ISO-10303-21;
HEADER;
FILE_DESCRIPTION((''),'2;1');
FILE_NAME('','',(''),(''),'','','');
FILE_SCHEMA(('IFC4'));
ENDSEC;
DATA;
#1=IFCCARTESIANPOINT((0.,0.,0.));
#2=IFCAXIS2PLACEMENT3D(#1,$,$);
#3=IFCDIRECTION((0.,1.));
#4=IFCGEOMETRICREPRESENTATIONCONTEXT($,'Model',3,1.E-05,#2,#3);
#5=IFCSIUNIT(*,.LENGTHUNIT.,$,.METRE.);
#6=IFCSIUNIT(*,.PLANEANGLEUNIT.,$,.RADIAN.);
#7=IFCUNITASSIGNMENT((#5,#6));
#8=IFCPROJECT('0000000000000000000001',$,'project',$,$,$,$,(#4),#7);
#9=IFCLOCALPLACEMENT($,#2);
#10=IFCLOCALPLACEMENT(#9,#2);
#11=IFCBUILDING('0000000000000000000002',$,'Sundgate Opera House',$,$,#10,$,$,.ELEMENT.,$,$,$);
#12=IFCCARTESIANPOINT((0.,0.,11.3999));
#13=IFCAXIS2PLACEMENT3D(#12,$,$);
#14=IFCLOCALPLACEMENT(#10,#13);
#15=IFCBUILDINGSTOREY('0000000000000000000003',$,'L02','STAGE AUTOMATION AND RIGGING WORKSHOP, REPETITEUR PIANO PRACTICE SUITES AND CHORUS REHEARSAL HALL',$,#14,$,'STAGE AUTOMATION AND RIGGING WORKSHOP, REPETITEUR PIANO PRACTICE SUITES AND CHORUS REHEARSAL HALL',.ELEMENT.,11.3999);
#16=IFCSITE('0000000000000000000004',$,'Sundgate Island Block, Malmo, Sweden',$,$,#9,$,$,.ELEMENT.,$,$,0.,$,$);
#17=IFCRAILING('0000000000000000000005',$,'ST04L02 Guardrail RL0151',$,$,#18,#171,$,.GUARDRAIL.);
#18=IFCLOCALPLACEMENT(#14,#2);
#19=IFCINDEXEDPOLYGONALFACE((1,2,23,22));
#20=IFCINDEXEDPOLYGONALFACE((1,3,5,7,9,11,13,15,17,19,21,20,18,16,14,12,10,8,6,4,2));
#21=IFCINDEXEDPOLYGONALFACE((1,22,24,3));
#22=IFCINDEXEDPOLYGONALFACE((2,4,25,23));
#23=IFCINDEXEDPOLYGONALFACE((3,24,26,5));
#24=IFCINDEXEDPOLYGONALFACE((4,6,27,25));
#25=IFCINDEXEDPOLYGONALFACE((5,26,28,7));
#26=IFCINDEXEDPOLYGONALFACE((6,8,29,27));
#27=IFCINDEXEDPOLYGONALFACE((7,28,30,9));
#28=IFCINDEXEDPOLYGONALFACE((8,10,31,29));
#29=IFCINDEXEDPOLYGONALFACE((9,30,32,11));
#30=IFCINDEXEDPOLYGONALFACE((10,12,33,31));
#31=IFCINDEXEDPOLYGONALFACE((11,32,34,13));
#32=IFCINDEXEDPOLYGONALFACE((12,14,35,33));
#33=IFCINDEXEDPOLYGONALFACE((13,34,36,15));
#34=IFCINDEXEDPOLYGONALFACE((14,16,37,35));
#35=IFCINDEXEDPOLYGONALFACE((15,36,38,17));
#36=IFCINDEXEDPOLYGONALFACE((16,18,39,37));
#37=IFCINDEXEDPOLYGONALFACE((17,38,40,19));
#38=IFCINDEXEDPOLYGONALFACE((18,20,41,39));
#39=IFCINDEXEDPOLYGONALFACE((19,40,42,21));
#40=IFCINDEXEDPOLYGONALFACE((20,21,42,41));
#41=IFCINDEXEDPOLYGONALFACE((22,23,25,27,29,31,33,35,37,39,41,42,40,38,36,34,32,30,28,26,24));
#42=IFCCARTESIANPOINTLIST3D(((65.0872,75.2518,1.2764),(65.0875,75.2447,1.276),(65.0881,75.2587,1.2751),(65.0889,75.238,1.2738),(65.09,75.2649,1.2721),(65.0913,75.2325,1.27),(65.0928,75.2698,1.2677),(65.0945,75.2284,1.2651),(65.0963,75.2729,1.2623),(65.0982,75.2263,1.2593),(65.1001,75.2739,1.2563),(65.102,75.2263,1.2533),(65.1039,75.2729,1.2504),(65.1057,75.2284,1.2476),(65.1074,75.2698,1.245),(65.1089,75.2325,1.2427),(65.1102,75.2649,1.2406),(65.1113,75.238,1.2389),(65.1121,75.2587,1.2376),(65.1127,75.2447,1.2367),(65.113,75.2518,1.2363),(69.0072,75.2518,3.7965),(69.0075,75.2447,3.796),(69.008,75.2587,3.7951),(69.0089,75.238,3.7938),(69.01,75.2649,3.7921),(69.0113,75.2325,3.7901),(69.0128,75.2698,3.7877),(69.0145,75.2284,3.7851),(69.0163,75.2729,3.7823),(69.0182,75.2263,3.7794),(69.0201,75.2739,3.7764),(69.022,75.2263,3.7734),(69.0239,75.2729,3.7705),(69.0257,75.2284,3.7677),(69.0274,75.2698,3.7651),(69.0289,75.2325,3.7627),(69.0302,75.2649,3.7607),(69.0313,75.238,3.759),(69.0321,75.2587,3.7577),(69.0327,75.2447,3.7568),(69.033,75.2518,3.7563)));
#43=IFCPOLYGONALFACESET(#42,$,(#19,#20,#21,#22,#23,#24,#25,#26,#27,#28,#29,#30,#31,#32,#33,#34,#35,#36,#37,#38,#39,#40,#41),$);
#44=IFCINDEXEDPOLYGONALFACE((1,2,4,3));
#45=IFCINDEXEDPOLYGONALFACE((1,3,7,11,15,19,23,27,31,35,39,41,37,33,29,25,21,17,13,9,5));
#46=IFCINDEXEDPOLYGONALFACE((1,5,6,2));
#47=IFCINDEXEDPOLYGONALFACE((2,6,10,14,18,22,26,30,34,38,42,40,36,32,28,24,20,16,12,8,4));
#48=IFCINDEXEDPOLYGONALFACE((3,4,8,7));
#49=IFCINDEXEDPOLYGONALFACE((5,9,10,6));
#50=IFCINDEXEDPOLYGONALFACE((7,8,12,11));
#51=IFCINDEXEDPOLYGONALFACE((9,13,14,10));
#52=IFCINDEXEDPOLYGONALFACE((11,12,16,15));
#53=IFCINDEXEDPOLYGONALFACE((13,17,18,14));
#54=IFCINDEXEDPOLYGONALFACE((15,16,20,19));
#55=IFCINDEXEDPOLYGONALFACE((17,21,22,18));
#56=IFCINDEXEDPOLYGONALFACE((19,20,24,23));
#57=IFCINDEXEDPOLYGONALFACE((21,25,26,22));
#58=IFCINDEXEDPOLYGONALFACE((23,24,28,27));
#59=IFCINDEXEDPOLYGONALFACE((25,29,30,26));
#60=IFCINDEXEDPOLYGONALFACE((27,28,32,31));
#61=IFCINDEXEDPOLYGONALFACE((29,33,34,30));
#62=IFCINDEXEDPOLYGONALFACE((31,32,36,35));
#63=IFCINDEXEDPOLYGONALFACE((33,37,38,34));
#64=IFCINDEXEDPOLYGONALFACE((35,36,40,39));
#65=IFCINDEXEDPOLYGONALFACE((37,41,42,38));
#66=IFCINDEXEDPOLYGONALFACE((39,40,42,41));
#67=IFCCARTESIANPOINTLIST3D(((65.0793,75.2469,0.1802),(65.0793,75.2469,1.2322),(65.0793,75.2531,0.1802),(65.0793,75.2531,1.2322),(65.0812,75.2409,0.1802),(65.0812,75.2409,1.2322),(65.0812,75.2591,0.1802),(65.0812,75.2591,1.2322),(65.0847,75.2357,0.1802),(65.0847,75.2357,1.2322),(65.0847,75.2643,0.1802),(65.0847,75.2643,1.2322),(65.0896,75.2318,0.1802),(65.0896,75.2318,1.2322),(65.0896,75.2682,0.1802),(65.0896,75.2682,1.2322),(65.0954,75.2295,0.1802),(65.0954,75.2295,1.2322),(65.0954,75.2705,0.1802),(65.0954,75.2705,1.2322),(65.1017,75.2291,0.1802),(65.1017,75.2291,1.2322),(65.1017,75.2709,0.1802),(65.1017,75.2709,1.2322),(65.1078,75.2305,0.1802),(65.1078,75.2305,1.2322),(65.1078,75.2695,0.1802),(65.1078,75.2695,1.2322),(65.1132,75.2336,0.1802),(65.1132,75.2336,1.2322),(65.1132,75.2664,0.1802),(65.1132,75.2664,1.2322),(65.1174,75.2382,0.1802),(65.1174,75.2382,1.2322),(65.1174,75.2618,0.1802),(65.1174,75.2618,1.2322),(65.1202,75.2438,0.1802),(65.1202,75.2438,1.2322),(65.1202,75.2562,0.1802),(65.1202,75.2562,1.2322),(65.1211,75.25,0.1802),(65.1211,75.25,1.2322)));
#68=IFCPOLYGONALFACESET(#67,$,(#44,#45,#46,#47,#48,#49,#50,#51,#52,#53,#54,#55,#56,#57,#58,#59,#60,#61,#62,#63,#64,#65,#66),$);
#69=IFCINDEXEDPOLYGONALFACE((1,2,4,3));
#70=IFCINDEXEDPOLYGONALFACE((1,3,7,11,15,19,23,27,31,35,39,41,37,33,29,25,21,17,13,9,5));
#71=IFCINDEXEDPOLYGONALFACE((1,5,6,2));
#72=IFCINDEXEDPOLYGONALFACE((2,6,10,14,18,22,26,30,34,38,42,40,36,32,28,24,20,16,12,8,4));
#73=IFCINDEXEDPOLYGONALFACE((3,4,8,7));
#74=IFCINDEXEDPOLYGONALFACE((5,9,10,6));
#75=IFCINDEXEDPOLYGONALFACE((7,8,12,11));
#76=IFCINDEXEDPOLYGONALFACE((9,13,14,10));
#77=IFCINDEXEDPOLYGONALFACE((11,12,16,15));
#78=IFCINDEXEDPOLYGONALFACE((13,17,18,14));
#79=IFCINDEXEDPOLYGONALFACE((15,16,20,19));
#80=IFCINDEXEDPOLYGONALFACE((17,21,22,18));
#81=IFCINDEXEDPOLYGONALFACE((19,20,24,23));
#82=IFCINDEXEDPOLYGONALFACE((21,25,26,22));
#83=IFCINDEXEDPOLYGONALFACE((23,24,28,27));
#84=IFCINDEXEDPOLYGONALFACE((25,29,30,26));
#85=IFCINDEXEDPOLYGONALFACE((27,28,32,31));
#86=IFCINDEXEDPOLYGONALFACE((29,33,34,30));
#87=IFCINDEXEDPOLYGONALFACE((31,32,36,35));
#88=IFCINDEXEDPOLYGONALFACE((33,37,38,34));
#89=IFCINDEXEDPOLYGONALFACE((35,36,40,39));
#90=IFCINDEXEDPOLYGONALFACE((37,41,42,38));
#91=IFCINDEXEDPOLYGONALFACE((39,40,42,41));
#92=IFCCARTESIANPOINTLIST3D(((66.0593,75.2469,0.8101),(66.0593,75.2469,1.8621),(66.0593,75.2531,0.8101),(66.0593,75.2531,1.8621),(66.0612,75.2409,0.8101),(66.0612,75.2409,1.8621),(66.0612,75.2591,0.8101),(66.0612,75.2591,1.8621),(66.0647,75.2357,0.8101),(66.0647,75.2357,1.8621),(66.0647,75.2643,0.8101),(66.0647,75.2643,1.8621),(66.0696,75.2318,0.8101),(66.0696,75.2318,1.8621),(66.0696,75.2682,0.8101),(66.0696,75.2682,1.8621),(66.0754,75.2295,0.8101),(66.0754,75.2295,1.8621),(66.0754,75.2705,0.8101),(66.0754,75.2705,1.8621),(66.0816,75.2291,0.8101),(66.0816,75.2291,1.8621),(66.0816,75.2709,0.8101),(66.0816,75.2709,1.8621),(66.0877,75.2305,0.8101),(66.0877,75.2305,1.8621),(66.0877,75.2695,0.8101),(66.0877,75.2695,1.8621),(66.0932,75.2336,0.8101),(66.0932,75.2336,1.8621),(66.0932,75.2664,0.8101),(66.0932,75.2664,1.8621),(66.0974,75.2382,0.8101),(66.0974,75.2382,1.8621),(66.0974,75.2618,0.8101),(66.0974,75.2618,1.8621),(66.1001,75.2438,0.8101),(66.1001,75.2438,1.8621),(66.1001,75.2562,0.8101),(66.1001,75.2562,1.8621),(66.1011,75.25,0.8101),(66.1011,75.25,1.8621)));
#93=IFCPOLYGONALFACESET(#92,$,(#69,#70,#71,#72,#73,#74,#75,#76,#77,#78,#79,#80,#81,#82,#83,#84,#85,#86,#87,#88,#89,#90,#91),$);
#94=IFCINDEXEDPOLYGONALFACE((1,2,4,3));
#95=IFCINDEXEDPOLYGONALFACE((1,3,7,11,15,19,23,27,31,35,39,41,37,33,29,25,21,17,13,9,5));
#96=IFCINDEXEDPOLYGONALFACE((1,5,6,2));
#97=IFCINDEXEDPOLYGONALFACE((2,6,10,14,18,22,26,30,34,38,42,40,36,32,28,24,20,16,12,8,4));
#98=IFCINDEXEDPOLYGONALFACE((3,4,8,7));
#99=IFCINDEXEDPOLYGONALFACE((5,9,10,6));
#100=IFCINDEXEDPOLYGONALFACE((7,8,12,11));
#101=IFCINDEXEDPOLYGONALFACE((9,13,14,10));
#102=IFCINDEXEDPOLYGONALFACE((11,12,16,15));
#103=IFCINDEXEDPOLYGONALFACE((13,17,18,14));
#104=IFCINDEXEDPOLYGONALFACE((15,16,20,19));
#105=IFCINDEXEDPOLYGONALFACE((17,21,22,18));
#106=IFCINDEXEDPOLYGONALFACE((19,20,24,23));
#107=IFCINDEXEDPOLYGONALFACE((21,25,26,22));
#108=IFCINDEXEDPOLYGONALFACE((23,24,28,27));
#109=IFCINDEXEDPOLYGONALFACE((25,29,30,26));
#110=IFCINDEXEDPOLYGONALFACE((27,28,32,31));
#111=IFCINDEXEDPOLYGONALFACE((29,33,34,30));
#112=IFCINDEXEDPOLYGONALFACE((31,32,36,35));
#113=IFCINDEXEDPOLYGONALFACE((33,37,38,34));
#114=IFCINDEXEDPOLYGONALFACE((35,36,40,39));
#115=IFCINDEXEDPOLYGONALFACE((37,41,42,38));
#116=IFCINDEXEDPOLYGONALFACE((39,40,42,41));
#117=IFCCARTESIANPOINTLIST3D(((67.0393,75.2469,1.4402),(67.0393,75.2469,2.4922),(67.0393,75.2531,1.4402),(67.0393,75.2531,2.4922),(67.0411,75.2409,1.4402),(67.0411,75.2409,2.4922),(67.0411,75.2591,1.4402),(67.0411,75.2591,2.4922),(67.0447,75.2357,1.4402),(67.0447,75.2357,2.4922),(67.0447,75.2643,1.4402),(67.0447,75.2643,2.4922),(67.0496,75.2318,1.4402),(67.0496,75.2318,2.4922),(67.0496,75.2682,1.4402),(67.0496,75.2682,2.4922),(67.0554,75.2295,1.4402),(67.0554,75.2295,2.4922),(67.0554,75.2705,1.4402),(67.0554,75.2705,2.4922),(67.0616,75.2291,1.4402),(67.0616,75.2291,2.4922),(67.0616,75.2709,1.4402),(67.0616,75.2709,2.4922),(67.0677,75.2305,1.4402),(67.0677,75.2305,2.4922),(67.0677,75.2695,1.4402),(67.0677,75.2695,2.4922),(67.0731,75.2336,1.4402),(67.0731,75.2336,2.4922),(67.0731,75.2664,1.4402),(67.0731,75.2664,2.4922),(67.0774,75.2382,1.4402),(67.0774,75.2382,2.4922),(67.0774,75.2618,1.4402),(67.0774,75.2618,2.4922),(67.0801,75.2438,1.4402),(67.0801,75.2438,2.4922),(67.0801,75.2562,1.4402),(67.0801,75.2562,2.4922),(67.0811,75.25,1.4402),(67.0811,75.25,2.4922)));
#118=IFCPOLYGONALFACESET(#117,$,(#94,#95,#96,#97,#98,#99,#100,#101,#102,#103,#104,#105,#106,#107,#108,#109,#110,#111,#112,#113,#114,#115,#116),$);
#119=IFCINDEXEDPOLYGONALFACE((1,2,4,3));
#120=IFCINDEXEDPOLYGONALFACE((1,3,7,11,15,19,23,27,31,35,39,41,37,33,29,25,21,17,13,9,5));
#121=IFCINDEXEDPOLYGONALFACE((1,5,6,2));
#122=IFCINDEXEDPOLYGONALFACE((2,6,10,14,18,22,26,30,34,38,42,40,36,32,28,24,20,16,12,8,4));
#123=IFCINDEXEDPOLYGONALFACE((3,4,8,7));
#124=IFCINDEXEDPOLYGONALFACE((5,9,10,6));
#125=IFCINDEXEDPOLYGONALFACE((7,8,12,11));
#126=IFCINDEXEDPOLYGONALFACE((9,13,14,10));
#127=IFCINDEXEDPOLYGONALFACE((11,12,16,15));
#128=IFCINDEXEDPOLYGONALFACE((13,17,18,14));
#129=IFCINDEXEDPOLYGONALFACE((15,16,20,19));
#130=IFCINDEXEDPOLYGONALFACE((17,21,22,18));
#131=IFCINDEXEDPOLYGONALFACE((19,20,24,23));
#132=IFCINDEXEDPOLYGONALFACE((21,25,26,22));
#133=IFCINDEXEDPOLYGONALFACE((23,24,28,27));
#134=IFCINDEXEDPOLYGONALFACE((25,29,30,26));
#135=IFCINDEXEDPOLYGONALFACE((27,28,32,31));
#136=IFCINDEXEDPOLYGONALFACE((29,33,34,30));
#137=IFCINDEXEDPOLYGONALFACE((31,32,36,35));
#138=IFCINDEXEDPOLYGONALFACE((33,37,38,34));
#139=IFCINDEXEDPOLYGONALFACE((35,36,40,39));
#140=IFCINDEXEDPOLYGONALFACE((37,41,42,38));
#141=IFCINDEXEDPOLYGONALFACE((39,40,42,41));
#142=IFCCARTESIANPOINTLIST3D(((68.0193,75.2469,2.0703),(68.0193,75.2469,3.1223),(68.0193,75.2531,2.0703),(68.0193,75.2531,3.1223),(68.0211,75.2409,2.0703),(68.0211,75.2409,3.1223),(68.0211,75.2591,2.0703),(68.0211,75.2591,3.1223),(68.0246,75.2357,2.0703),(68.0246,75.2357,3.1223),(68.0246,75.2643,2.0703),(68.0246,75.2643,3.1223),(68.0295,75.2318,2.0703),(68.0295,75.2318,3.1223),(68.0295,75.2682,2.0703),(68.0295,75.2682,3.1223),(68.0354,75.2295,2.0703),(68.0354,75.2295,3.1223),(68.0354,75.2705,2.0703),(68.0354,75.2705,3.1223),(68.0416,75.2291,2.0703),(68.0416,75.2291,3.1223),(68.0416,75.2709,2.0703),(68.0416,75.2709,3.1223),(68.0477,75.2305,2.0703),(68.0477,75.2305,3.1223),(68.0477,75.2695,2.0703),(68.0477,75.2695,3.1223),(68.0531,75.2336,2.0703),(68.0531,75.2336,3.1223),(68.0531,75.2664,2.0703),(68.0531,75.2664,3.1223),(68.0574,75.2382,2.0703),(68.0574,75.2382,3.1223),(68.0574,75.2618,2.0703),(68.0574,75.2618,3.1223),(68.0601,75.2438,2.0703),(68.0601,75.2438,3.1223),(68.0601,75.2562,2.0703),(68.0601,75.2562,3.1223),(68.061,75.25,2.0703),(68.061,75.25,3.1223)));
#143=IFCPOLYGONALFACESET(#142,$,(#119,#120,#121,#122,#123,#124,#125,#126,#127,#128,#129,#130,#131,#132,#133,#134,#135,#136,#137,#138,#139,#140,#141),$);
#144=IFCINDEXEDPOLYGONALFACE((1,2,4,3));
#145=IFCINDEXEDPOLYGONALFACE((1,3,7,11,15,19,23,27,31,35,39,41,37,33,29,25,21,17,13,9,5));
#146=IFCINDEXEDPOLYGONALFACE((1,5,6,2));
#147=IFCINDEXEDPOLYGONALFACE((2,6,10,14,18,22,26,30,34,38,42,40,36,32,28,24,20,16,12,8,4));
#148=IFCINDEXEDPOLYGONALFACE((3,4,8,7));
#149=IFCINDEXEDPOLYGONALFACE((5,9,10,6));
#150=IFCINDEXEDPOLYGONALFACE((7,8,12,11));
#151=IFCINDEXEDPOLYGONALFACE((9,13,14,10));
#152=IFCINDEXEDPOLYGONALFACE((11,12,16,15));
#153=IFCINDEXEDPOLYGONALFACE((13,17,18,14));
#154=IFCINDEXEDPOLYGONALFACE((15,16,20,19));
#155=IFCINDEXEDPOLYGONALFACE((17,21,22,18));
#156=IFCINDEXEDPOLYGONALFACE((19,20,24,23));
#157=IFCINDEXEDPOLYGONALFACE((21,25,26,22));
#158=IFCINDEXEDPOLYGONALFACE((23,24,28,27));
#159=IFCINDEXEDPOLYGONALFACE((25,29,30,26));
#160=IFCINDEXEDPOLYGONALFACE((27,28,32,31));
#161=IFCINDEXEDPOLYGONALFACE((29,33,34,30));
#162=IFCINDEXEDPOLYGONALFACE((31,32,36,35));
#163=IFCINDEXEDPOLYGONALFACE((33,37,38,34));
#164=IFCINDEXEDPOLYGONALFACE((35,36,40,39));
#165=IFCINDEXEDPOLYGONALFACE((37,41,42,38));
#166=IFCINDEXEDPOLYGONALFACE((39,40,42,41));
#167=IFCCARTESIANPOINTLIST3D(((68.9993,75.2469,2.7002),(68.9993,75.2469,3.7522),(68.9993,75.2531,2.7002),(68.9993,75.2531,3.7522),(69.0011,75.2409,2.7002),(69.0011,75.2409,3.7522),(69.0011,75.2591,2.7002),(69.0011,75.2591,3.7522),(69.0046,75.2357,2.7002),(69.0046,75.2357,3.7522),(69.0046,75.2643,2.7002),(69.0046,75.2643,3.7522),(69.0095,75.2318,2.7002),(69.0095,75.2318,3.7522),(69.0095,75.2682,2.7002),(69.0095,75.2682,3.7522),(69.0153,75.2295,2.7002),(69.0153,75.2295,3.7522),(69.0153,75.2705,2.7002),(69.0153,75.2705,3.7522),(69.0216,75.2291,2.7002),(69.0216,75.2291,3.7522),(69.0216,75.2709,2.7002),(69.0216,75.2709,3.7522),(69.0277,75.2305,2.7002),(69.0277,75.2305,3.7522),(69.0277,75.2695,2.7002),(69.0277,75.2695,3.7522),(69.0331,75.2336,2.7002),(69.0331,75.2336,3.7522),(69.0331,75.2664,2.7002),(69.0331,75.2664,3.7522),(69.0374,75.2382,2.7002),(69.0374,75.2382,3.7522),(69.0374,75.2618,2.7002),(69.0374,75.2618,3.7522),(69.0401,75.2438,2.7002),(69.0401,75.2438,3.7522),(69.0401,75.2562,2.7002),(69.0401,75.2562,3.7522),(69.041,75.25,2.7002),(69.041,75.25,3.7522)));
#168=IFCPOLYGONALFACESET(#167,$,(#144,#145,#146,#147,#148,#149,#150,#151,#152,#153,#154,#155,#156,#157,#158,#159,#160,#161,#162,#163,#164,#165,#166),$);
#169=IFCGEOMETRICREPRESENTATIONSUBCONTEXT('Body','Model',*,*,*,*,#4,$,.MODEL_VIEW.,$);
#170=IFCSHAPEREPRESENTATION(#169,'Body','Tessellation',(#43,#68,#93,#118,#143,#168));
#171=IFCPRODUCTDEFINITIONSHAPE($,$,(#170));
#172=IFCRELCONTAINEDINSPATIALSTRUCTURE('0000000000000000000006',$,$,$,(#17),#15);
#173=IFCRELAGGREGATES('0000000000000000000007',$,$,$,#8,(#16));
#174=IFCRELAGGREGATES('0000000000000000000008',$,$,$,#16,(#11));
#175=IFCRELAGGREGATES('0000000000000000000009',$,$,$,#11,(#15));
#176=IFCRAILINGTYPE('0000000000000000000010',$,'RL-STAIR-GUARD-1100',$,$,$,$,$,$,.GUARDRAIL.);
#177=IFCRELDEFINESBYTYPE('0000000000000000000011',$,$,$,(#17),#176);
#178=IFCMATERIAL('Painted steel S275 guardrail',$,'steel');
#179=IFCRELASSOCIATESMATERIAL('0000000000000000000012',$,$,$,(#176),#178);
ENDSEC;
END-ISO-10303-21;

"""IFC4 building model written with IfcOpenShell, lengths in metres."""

from ifc_helpers import new_model, si_unit, direction, frame, origin, origin_2d, place, context, subcontext, project, spatial, circle, extrude, material, type_object, element, save


model = new_model("IFC4")

# Units and contexts
model_context = context("Model", 3, precision=1e-05, world=origin(), true_north=direction((0.0, 1.0)))
body_context = subcontext(model_context, "Body", "Model", "MODEL_VIEW")
ifc_project = project(units=[si_unit("LENGTHUNIT", "METRE"), si_unit("PLANEANGLEUNIT", "RADIAN")], contexts=[model_context])

# Site, building, storey
site_placement = place(None, origin())
site = spatial("IfcSite", under=ifc_project, at=site_placement, Name="Sundgate Island Block, Malmo, Sweden", CompositionType="ELEMENT", RefElevation=0.0)
building_placement = place(site_placement, origin())
building = spatial("IfcBuilding", under=site, at=building_placement, Name="Sundgate Opera House", CompositionType="ELEMENT")
storey_placement = place(building_placement, frame((0.0, 0.0, 11.3999)))
storey = spatial("IfcBuildingStorey", under=building, at=storey_placement, Name="L02", Description="STAGE AUTOMATION AND RIGGING WORKSHOP, REPETITEUR PIANO PRACTICE SUITES AND CHORUS REHEARSAL HALL", LongName="STAGE AUTOMATION AND RIGGING WORKSHOP, REPETITEUR PIANO PRACTICE SUITES AND CHORUS REHEARSAL HALL", CompositionType="ELEMENT", Elevation=11.3999)

# Railing
ifc_material_1 = material(Name="Painted steel S275 guardrail", Category="steel")
railing_type_1 = type_object("IfcRailingType", Name="RL-STAIR-GUARD-1100", PredefinedType="GUARDRAIL", material=ifc_material_1)
railing_1_placement = place(storey_placement, frame((65.1001, 75.25, 0.1802)))
element("IfcRailing", 1, at=railing_1_placement, inside=storey, type_object=railing_type_1, Name="ST04L02 Guardrail RL0151", PredefinedType="GUARDRAIL", context=body_context, shape_type="SweptSolid", body=[
    extrude(circle(Radius=0.0239, at=origin_2d()), frame((0.0, 0.0, 1.0762), z_axis=(0.841172, 0.0, 0.540768), x_axis=(0.0, 1.0, 0.0)), (0.0, 0.0, 1.0), 4.6602),
    extrude(circle(Radius=0.021, at=origin_2d()), origin(), (0.0, 0.0, 1.0), 1.052),
    extrude(circle(Radius=0.021, at=origin_2d()), frame((0.98, 0.0, 0.6299)), (0.0, 0.0, 1.0), 1.052),
    extrude(circle(Radius=0.021, at=origin_2d()), frame((1.96, 0.0, 1.26)), (0.0, 0.0, 1.0), 1.052),
    extrude(circle(Radius=0.021, at=origin_2d()), frame((2.9399, 0.0, 1.8901)), (0.0, 0.0, 1.0), 1.052),
    extrude(circle(Radius=0.021, at=origin_2d()), frame((3.9199, 0.0, 2.52)), (0.0, 0.0, 1.0), 1.052),
])

save(model, "model.ifc")
